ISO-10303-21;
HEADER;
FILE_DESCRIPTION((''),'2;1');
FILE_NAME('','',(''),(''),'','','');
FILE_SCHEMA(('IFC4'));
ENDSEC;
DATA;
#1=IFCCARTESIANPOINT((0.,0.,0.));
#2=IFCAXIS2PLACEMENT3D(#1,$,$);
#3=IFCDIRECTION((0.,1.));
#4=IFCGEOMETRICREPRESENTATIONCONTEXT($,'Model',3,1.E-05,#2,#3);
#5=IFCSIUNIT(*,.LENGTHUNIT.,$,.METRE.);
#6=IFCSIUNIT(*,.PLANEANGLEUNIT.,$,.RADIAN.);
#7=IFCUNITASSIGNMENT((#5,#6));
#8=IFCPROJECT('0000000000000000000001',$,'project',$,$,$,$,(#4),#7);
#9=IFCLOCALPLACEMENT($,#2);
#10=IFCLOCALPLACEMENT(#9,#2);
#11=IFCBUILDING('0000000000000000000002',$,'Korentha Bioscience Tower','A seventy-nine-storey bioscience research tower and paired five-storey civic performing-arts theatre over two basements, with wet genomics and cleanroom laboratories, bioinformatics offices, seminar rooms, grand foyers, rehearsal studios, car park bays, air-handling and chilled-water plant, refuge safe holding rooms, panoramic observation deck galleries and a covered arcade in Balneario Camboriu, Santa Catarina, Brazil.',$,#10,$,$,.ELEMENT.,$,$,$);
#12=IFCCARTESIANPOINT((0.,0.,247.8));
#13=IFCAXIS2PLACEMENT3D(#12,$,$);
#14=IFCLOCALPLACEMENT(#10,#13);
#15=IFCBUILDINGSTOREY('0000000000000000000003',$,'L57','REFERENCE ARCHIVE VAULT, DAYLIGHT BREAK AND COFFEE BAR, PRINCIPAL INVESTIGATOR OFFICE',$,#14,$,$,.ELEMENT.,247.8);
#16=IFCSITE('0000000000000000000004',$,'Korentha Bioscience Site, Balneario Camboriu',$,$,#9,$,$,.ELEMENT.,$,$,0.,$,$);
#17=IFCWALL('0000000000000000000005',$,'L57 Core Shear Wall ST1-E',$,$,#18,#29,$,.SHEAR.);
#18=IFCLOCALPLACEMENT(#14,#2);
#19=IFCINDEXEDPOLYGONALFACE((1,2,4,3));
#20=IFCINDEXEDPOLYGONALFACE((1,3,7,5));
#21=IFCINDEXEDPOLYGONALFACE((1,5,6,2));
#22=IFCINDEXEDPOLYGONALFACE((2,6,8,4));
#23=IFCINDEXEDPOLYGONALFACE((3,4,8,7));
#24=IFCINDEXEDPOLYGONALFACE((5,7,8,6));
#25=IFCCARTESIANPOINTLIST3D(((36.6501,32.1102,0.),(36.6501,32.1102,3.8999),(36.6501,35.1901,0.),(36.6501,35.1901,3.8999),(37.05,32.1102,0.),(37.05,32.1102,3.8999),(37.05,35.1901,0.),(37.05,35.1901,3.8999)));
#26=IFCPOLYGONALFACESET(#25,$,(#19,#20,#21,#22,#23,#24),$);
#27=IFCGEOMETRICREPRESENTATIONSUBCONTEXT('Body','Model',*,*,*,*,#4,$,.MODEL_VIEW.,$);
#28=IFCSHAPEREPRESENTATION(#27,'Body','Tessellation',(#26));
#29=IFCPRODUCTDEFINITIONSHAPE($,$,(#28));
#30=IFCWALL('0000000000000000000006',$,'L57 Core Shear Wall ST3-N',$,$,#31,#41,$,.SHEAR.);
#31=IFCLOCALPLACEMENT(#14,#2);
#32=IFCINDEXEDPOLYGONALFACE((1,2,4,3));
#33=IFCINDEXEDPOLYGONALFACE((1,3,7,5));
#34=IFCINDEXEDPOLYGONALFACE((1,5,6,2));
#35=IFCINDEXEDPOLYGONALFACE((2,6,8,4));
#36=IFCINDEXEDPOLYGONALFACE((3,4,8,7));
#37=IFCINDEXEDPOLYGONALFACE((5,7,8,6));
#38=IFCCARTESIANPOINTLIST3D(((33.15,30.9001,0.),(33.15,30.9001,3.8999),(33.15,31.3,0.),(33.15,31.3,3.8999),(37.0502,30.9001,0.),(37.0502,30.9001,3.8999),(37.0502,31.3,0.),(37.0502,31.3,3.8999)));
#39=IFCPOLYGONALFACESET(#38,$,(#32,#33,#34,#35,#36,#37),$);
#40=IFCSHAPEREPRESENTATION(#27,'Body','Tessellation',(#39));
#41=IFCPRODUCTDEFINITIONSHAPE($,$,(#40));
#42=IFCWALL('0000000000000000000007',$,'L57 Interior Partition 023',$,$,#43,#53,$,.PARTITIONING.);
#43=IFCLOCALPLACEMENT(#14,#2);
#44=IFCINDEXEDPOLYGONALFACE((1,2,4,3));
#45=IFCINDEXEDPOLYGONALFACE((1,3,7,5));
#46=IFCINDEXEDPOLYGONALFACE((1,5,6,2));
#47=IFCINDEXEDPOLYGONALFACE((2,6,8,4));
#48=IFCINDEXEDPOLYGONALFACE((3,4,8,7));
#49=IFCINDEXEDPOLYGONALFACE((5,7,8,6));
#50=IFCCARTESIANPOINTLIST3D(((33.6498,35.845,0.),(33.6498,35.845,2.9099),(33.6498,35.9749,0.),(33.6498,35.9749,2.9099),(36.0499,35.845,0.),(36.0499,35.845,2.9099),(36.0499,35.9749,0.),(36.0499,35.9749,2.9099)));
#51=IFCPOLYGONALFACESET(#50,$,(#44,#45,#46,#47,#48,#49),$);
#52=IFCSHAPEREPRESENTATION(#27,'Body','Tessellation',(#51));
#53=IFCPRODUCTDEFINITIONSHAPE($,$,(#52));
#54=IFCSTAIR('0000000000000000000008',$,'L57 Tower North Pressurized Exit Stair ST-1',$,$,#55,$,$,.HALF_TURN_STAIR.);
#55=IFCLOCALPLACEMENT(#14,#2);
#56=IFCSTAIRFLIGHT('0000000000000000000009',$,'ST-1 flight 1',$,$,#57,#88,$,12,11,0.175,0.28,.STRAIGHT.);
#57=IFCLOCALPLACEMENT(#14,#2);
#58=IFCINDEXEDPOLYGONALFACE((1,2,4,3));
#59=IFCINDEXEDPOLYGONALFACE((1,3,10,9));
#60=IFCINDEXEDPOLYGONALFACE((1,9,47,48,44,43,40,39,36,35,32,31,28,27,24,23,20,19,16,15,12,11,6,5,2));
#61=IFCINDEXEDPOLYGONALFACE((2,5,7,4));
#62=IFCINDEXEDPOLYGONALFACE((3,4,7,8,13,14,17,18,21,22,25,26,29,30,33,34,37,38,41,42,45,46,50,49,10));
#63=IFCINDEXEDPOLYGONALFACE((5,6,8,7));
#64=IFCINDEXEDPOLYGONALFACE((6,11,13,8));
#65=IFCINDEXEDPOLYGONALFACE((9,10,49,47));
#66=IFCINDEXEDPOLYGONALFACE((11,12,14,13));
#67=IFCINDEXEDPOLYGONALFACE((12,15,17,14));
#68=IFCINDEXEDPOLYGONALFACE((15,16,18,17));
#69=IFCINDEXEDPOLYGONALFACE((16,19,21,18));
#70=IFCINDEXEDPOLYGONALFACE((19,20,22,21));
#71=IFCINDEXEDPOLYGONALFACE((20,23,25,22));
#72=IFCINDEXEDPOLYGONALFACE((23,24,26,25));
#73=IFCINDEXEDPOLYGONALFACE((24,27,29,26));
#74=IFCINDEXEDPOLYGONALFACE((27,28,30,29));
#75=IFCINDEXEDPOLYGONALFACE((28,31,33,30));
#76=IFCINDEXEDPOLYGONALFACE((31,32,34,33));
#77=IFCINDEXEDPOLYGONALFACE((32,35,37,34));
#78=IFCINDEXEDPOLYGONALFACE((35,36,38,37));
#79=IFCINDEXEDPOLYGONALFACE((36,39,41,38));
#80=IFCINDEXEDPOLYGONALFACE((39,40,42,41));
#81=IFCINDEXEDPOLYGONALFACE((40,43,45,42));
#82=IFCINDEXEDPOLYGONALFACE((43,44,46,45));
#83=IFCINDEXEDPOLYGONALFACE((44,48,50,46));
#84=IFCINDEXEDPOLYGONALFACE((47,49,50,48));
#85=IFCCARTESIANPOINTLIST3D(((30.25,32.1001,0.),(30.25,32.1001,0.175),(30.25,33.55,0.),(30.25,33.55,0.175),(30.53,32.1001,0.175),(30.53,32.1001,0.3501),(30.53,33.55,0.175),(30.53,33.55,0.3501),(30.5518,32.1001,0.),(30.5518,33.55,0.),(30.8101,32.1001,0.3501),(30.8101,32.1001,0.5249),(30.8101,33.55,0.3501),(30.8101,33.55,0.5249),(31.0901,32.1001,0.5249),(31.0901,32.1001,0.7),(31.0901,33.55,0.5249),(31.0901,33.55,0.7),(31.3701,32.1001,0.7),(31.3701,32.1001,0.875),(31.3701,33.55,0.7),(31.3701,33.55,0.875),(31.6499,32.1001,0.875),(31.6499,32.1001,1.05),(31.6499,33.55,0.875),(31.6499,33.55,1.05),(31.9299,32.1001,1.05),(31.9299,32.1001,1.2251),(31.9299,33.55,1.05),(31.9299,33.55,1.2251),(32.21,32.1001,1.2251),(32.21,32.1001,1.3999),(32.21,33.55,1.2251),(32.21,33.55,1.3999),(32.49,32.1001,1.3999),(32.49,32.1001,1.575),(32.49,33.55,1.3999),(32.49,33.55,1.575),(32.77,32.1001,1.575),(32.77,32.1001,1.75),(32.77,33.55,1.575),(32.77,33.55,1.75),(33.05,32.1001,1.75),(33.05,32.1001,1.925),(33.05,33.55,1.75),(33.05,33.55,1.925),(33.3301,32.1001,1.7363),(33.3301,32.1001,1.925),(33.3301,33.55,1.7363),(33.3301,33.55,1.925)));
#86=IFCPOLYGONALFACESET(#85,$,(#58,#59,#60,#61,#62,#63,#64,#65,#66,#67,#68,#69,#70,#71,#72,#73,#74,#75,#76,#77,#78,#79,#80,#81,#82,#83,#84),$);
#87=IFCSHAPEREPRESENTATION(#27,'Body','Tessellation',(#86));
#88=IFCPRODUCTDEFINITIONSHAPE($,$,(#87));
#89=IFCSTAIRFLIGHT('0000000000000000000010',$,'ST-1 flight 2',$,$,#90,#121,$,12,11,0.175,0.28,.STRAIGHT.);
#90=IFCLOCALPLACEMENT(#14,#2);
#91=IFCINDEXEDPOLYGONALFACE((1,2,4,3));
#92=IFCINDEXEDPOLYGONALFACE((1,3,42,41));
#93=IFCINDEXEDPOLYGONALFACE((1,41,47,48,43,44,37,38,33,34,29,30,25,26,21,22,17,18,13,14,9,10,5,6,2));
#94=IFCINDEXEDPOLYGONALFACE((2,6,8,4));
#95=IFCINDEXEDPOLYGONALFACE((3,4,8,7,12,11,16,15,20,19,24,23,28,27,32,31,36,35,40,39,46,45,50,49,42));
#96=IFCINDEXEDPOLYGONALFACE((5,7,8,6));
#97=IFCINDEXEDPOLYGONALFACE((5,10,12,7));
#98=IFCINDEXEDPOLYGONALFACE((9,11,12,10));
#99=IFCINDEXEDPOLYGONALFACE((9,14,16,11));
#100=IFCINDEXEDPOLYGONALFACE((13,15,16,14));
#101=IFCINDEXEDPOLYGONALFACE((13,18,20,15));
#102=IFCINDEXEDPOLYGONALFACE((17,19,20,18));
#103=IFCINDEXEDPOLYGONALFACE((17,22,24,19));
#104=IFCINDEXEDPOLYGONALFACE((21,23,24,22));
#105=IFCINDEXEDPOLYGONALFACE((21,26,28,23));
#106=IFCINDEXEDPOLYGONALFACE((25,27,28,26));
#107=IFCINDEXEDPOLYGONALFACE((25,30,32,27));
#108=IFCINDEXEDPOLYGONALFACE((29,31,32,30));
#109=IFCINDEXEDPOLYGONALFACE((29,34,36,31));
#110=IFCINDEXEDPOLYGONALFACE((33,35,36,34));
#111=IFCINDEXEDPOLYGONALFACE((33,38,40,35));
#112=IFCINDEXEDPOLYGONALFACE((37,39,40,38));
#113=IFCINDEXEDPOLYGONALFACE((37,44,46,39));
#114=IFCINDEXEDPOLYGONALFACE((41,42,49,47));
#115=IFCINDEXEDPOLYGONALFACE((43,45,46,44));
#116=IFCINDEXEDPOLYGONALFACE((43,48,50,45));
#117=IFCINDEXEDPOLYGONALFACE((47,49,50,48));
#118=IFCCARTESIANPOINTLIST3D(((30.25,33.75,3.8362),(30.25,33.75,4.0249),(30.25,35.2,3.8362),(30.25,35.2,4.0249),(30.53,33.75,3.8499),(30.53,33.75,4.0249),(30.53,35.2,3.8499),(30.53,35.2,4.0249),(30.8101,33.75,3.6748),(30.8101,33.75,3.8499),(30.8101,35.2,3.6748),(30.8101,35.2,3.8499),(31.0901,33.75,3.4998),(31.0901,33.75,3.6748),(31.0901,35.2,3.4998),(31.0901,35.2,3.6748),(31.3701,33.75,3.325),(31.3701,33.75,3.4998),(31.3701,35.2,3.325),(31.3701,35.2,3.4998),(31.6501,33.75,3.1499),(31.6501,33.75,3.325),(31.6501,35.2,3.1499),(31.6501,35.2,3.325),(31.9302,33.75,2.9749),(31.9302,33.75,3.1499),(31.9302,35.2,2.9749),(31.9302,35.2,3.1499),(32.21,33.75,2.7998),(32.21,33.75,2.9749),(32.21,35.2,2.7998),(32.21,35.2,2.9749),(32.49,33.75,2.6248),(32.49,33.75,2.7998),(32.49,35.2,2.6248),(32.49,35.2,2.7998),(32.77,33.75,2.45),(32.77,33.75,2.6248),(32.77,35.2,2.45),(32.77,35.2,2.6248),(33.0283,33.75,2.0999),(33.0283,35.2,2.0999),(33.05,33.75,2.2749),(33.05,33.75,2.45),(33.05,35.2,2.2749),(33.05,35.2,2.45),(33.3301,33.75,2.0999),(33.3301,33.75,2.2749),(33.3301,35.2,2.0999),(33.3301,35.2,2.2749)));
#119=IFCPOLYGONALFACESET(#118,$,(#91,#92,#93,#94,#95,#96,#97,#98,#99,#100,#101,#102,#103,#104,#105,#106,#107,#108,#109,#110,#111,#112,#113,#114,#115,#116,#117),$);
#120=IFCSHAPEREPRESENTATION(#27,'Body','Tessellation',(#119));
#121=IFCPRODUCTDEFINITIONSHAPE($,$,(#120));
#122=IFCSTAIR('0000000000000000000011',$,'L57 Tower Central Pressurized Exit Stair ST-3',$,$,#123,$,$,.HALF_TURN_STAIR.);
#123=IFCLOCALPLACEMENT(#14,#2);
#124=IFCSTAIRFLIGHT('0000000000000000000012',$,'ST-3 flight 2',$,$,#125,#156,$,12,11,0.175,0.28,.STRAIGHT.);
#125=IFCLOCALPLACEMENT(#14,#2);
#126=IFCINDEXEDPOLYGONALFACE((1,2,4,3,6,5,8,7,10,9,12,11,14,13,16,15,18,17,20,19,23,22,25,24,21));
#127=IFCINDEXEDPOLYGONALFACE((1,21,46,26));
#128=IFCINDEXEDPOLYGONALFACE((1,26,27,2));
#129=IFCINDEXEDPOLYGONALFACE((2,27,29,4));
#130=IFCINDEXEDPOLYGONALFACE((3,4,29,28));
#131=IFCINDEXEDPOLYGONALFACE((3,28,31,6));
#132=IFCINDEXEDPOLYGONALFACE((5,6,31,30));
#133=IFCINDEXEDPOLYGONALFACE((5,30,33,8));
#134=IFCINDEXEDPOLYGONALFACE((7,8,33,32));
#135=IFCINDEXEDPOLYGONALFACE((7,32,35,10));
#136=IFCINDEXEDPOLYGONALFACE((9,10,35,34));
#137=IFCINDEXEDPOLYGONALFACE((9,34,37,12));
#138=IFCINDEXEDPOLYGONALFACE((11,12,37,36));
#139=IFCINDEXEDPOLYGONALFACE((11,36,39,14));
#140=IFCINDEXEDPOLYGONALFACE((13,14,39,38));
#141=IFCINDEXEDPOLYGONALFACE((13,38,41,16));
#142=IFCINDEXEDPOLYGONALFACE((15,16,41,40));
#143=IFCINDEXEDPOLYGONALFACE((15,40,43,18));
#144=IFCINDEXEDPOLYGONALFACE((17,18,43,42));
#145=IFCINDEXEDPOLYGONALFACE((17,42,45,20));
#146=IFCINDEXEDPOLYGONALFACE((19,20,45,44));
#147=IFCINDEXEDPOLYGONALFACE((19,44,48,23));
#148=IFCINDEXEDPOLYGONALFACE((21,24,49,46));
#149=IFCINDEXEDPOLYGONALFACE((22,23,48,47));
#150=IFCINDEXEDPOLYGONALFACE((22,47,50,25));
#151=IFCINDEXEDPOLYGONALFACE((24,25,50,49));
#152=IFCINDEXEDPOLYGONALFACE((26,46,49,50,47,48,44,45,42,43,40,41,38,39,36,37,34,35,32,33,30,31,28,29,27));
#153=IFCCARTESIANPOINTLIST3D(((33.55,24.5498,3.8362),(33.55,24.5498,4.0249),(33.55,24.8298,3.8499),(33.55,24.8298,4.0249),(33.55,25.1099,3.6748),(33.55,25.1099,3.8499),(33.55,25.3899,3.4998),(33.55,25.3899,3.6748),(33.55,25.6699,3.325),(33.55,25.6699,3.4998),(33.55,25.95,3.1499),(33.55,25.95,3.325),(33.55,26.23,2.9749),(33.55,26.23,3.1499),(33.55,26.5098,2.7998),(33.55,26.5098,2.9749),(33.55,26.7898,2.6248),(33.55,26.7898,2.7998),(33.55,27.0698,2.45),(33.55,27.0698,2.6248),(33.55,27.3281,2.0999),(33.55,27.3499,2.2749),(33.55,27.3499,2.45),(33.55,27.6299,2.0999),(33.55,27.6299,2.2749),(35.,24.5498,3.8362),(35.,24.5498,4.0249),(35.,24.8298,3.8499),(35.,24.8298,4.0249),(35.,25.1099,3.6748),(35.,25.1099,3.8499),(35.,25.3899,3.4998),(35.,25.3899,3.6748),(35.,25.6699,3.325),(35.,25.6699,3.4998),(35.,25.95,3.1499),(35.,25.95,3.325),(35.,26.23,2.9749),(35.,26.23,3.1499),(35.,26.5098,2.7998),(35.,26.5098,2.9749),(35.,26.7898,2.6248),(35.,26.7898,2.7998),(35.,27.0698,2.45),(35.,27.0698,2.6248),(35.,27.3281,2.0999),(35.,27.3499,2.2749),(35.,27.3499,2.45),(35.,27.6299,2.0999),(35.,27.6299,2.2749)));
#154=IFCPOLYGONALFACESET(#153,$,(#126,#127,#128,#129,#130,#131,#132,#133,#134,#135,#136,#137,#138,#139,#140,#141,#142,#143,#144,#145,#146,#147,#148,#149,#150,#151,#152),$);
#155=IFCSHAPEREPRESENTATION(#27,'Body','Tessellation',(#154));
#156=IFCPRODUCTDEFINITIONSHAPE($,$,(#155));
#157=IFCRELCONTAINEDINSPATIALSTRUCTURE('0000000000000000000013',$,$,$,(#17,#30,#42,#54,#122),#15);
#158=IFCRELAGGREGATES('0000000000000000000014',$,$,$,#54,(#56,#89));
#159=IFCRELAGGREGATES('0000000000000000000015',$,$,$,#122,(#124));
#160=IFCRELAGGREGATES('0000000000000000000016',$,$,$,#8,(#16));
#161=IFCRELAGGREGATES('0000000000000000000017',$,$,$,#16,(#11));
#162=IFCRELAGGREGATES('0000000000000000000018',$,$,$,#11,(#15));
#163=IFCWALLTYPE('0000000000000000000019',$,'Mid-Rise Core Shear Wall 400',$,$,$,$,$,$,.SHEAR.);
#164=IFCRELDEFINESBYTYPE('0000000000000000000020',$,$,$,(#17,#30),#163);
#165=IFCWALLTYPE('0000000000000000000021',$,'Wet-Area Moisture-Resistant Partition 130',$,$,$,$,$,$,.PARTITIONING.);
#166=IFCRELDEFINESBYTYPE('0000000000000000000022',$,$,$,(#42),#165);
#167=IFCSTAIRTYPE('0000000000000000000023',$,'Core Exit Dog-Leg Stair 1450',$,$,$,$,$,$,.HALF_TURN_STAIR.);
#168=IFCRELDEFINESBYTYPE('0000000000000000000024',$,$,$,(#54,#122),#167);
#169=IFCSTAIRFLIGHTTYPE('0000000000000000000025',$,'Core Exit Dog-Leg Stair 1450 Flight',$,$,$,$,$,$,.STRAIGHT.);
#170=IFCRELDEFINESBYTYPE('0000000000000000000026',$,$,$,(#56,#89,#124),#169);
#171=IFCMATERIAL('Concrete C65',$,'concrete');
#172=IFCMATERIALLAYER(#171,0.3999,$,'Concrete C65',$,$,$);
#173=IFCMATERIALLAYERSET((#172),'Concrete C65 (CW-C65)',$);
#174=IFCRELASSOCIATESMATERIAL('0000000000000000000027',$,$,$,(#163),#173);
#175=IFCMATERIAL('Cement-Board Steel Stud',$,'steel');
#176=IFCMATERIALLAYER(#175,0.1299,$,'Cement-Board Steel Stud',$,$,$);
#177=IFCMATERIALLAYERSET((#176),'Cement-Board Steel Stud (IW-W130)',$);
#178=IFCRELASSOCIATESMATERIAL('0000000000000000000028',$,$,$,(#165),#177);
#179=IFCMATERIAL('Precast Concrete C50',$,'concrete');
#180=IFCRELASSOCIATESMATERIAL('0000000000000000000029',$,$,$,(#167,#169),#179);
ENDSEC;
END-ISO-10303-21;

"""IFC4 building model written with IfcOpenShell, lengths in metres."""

from ifc_helpers import new_model, si_unit, direction, frame, frame_2d, origin, place, context, subcontext, project, spatial, polyline, rectangle, outline, extrude, material, layer, layer_set, type_object, element, aggregate, save


model = new_model("IFC4")

# Units and contexts
model_context = context("Model", 3, precision=1e-05, world=origin(), true_north=direction((0.0, 1.0)))
body_context = subcontext(model_context, "Body", "Model", "MODEL_VIEW")
ifc_project = project(units=[si_unit("LENGTHUNIT", "METRE"), si_unit("PLANEANGLEUNIT", "RADIAN")], contexts=[model_context])

# Site, building, storey
site_placement = place(None, origin())
site = spatial("IfcSite", under=ifc_project, at=site_placement, Name="Korentha Bioscience Site, Balneario Camboriu", CompositionType="ELEMENT", RefElevation=0.0)
building_placement = place(site_placement, origin())
building = spatial("IfcBuilding", under=site, at=building_placement, Name="Korentha Bioscience Tower", Description="A seventy-nine-storey bioscience research tower and paired five-storey civic performing-arts theatre over two basements, with wet genomics and cleanroom laboratories, bioinformatics offices, seminar rooms, grand foyers, rehearsal studios, car park bays, air-handling and chilled-water plant, refuge safe holding rooms, panoramic observation deck galleries and a covered arcade in Balneario Camboriu, Santa Catarina, Brazil.", CompositionType="ELEMENT")
storey_placement = place(building_placement, frame((0.0, 0.0, 247.8)))
storey = spatial("IfcBuildingStorey", under=building, at=storey_placement, Name="L57", Description="REFERENCE ARCHIVE VAULT, DAYLIGHT BREAK AND COFFEE BAR, PRINCIPAL INVESTIGATOR OFFICE", CompositionType="ELEMENT", Elevation=247.8)

# Shared definitions
ifc_material_1 = material(Name="Concrete C65", Category="concrete")

# Walls
ifc_layer_1 = layer(ifc_material_1, 0.3999, Name="Concrete C65")
ifc_layer_set_1 = layer_set([ifc_layer_1], Name="Concrete C65 (CW-C65)")
wall_type_1 = type_object("IfcWallType", Name="Mid-Rise Core Shear Wall 400", PredefinedType="SHEAR", material=ifc_layer_set_1)
wall_1_placement = place(storey_placement, frame((36.8501, 32.1101, 0.0), z_axis=(0.0, 0.0, 1.0), x_axis=(0.0, 1.0, 0.0)))
element("IfcWall", 1, at=wall_1_placement, inside=storey, type_object=wall_type_1, Name="L57 Core Shear Wall ST1-E", PredefinedType="SHEAR", context=body_context, shape_type="SweptSolid", body=[
    extrude(rectangle(XDim=3.0798, YDim=0.3999, at=frame_2d((1.54, 0.0))), origin(), (0.0, 0.0, 1.0), 3.8999),
])
wall_2_placement = place(storey_placement, frame((33.1499, 31.1001, 0.0), z_axis=(0.0, 0.0, 1.0), x_axis=(1.0, 0.0, 0.0)))
element("IfcWall", 2, at=wall_2_placement, inside=storey, type_object=wall_type_1, Name="L57 Core Shear Wall ST3-N", PredefinedType="SHEAR", context=body_context, shape_type="SweptSolid", body=[
    extrude(rectangle(XDim=3.9001, YDim=0.3999, at=frame_2d((1.9502, 0.0))), origin(), (0.0, 0.0, 1.0), 3.8999),
])
ifc_material_2 = material(Name="Cement-Board Steel Stud", Category="steel")
ifc_layer_2 = layer(ifc_material_2, 0.1299, Name="Cement-Board Steel Stud")
ifc_layer_set_2 = layer_set([ifc_layer_2], Name="Cement-Board Steel Stud (IW-W130)")
wall_type_2 = type_object("IfcWallType", Name="Wet-Area Moisture-Resistant Partition 130", PredefinedType="PARTITIONING", material=ifc_layer_set_2)
wall_3_placement = place(storey_placement, frame((36.05, 35.9099, 0.0), z_axis=(0.0, 0.0, 1.0), x_axis=(-1.0, 0.0, 0.0)))
element("IfcWall", 3, at=wall_3_placement, inside=storey, type_object=wall_type_2, Name="L57 Interior Partition 023", PredefinedType="PARTITIONING", context=body_context, shape_type="SweptSolid", body=[
    extrude(rectangle(XDim=2.4001, YDim=0.1299, at=frame_2d((1.2002, 0.0))), origin(), (0.0, 0.0, 1.0), 2.9099),
])

# Stair, stair flights
ifc_material_3 = material(Name="Precast Concrete C50", Category="concrete")
stair_type = type_object("IfcStairType", Name="Core Exit Dog-Leg Stair 1450", PredefinedType="HALF_TURN_STAIR", material=ifc_material_3)
stair_1_placement = place(storey_placement, origin())
stair_1 = element("IfcStair", 4, at=stair_1_placement, inside=storey, type_object=stair_type, Name="L57 Tower North Pressurized Exit Stair ST-1", PredefinedType="HALF_TURN_STAIR")
stair_flight_type = type_object("IfcStairFlightType", Name="Core Exit Dog-Leg Stair 1450 Flight", PredefinedType="STRAIGHT", material=ifc_material_3)
stair_flight_1_placement = place(storey_placement, frame((30.25, 32.825, 0.0), z_axis=(0.0, 0.0, 1.0), x_axis=(1.0, 0.0, 0.0)))
stair_flight_1 = element("IfcStairFlight", 5, at=stair_flight_1_placement, type_object=stair_flight_type, Name="ST-1 flight 1", NumberOfRisers=12, NumberOfTreads=11, PredefinedType="STRAIGHT", RiserHeight=0.175, TreadLength=0.28, context=body_context, shape_type="SweptSolid", body=[
    extrude(outline(polyline([(0.0, 0.0), (0.0, 0.175), (0.28, 0.175), (0.28, 0.3501), (0.5601, 0.3501), (0.5601, 0.5249), (0.8401, 0.5249), (0.8401, 0.7), (1.1201, 0.7), (1.1201, 0.875), (1.3999, 0.875), (1.3999, 1.05), (1.6799, 1.05), (1.6799, 1.2251), (1.96, 1.2251), (1.96, 1.3999), (2.24, 1.3999), (2.24, 1.575), (2.52, 1.575), (2.52, 1.75), (2.8, 1.75), (2.8, 1.925), (3.0801, 1.925), (3.0801, 2.1001), (3.0801, 1.7363), (0.3018, 0.0), (0.0, 0.0)])), frame((0.0, 0.7251, 0.0), z_axis=(0.0, -1.0, 0.0), x_axis=(1.0, 0.0, 0.0)), (0.0, 0.0, 1.0), 1.45),
])
stair_flight_2_placement = place(storey_placement, frame((33.3301, 34.4751, 2.0999), z_axis=(0.0, 0.0, 1.0), x_axis=(-1.0, 0.0, 0.0)))
stair_flight_2 = element("IfcStairFlight", 6, at=stair_flight_2_placement, type_object=stair_flight_type, Name="ST-1 flight 2", NumberOfRisers=12, NumberOfTreads=11, PredefinedType="STRAIGHT", RiserHeight=0.175, TreadLength=0.28, context=body_context, shape_type="SweptSolid", body=[
    extrude(outline(polyline([(0.0, 0.0), (0.0, 0.175), (0.28, 0.175), (0.28, 0.3501), (0.5601, 0.3501), (0.5601, 0.5249), (0.8401, 0.5249), (0.8401, 0.7), (1.1201, 0.7), (1.1201, 0.875), (1.3999, 0.875), (1.3999, 1.05), (1.6799, 1.05), (1.6799, 1.2251), (1.96, 1.2251), (1.96, 1.3999), (2.24, 1.3999), (2.24, 1.575), (2.52, 1.575), (2.52, 1.75), (2.8, 1.75), (2.8, 1.925), (3.0801, 1.925), (3.0801, 2.1001), (3.0801, 1.7363), (0.3018, 0.0), (0.0, 0.0)])), frame((0.0, 0.7251, 0.0), z_axis=(0.0, -1.0, 0.0), x_axis=(1.0, 0.0, 0.0)), (0.0, 0.0, 1.0), 1.45),
])
aggregate(stair_1, [stair_flight_1, stair_flight_2])

# Stair, stair flight
stair_2_placement = place(storey_placement, origin())
stair_2 = element("IfcStair", 7, at=stair_2_placement, inside=storey, type_object=stair_type, Name="L57 Tower Central Pressurized Exit Stair ST-3", PredefinedType="HALF_TURN_STAIR")
stair_flight_3_placement = place(storey_placement, frame((34.2749, 27.6299, 2.0999), z_axis=(0.0, 0.0, 1.0), x_axis=(0.0, -1.0, 0.0)))
stair_flight_3 = element("IfcStairFlight", 8, at=stair_flight_3_placement, type_object=stair_flight_type, Name="ST-3 flight 2", NumberOfRisers=12, NumberOfTreads=11, PredefinedType="STRAIGHT", RiserHeight=0.175, TreadLength=0.28, context=body_context, shape_type="SweptSolid", body=[
    extrude(outline(polyline([(0.0, 0.0), (0.0, 0.175), (0.28, 0.175), (0.28, 0.3501), (0.5601, 0.3501), (0.5601, 0.5249), (0.8401, 0.5249), (0.8401, 0.7), (1.1201, 0.7), (1.1201, 0.875), (1.3999, 0.875), (1.3999, 1.05), (1.6799, 1.05), (1.6799, 1.2251), (1.96, 1.2251), (1.96, 1.3999), (2.24, 1.3999), (2.24, 1.575), (2.52, 1.575), (2.52, 1.75), (2.8, 1.75), (2.8, 1.925), (3.0801, 1.925), (3.0801, 2.1001), (3.0801, 1.7363), (0.3018, 0.0), (0.0, 0.0)])), frame((0.0, 0.7251, 0.0), z_axis=(0.0, -1.0, 0.0), x_axis=(1.0, 0.0, 0.0)), (0.0, 0.0, 1.0), 1.45),
])
aggregate(stair_2, [stair_flight_3])

save(model, "model.ifc")
